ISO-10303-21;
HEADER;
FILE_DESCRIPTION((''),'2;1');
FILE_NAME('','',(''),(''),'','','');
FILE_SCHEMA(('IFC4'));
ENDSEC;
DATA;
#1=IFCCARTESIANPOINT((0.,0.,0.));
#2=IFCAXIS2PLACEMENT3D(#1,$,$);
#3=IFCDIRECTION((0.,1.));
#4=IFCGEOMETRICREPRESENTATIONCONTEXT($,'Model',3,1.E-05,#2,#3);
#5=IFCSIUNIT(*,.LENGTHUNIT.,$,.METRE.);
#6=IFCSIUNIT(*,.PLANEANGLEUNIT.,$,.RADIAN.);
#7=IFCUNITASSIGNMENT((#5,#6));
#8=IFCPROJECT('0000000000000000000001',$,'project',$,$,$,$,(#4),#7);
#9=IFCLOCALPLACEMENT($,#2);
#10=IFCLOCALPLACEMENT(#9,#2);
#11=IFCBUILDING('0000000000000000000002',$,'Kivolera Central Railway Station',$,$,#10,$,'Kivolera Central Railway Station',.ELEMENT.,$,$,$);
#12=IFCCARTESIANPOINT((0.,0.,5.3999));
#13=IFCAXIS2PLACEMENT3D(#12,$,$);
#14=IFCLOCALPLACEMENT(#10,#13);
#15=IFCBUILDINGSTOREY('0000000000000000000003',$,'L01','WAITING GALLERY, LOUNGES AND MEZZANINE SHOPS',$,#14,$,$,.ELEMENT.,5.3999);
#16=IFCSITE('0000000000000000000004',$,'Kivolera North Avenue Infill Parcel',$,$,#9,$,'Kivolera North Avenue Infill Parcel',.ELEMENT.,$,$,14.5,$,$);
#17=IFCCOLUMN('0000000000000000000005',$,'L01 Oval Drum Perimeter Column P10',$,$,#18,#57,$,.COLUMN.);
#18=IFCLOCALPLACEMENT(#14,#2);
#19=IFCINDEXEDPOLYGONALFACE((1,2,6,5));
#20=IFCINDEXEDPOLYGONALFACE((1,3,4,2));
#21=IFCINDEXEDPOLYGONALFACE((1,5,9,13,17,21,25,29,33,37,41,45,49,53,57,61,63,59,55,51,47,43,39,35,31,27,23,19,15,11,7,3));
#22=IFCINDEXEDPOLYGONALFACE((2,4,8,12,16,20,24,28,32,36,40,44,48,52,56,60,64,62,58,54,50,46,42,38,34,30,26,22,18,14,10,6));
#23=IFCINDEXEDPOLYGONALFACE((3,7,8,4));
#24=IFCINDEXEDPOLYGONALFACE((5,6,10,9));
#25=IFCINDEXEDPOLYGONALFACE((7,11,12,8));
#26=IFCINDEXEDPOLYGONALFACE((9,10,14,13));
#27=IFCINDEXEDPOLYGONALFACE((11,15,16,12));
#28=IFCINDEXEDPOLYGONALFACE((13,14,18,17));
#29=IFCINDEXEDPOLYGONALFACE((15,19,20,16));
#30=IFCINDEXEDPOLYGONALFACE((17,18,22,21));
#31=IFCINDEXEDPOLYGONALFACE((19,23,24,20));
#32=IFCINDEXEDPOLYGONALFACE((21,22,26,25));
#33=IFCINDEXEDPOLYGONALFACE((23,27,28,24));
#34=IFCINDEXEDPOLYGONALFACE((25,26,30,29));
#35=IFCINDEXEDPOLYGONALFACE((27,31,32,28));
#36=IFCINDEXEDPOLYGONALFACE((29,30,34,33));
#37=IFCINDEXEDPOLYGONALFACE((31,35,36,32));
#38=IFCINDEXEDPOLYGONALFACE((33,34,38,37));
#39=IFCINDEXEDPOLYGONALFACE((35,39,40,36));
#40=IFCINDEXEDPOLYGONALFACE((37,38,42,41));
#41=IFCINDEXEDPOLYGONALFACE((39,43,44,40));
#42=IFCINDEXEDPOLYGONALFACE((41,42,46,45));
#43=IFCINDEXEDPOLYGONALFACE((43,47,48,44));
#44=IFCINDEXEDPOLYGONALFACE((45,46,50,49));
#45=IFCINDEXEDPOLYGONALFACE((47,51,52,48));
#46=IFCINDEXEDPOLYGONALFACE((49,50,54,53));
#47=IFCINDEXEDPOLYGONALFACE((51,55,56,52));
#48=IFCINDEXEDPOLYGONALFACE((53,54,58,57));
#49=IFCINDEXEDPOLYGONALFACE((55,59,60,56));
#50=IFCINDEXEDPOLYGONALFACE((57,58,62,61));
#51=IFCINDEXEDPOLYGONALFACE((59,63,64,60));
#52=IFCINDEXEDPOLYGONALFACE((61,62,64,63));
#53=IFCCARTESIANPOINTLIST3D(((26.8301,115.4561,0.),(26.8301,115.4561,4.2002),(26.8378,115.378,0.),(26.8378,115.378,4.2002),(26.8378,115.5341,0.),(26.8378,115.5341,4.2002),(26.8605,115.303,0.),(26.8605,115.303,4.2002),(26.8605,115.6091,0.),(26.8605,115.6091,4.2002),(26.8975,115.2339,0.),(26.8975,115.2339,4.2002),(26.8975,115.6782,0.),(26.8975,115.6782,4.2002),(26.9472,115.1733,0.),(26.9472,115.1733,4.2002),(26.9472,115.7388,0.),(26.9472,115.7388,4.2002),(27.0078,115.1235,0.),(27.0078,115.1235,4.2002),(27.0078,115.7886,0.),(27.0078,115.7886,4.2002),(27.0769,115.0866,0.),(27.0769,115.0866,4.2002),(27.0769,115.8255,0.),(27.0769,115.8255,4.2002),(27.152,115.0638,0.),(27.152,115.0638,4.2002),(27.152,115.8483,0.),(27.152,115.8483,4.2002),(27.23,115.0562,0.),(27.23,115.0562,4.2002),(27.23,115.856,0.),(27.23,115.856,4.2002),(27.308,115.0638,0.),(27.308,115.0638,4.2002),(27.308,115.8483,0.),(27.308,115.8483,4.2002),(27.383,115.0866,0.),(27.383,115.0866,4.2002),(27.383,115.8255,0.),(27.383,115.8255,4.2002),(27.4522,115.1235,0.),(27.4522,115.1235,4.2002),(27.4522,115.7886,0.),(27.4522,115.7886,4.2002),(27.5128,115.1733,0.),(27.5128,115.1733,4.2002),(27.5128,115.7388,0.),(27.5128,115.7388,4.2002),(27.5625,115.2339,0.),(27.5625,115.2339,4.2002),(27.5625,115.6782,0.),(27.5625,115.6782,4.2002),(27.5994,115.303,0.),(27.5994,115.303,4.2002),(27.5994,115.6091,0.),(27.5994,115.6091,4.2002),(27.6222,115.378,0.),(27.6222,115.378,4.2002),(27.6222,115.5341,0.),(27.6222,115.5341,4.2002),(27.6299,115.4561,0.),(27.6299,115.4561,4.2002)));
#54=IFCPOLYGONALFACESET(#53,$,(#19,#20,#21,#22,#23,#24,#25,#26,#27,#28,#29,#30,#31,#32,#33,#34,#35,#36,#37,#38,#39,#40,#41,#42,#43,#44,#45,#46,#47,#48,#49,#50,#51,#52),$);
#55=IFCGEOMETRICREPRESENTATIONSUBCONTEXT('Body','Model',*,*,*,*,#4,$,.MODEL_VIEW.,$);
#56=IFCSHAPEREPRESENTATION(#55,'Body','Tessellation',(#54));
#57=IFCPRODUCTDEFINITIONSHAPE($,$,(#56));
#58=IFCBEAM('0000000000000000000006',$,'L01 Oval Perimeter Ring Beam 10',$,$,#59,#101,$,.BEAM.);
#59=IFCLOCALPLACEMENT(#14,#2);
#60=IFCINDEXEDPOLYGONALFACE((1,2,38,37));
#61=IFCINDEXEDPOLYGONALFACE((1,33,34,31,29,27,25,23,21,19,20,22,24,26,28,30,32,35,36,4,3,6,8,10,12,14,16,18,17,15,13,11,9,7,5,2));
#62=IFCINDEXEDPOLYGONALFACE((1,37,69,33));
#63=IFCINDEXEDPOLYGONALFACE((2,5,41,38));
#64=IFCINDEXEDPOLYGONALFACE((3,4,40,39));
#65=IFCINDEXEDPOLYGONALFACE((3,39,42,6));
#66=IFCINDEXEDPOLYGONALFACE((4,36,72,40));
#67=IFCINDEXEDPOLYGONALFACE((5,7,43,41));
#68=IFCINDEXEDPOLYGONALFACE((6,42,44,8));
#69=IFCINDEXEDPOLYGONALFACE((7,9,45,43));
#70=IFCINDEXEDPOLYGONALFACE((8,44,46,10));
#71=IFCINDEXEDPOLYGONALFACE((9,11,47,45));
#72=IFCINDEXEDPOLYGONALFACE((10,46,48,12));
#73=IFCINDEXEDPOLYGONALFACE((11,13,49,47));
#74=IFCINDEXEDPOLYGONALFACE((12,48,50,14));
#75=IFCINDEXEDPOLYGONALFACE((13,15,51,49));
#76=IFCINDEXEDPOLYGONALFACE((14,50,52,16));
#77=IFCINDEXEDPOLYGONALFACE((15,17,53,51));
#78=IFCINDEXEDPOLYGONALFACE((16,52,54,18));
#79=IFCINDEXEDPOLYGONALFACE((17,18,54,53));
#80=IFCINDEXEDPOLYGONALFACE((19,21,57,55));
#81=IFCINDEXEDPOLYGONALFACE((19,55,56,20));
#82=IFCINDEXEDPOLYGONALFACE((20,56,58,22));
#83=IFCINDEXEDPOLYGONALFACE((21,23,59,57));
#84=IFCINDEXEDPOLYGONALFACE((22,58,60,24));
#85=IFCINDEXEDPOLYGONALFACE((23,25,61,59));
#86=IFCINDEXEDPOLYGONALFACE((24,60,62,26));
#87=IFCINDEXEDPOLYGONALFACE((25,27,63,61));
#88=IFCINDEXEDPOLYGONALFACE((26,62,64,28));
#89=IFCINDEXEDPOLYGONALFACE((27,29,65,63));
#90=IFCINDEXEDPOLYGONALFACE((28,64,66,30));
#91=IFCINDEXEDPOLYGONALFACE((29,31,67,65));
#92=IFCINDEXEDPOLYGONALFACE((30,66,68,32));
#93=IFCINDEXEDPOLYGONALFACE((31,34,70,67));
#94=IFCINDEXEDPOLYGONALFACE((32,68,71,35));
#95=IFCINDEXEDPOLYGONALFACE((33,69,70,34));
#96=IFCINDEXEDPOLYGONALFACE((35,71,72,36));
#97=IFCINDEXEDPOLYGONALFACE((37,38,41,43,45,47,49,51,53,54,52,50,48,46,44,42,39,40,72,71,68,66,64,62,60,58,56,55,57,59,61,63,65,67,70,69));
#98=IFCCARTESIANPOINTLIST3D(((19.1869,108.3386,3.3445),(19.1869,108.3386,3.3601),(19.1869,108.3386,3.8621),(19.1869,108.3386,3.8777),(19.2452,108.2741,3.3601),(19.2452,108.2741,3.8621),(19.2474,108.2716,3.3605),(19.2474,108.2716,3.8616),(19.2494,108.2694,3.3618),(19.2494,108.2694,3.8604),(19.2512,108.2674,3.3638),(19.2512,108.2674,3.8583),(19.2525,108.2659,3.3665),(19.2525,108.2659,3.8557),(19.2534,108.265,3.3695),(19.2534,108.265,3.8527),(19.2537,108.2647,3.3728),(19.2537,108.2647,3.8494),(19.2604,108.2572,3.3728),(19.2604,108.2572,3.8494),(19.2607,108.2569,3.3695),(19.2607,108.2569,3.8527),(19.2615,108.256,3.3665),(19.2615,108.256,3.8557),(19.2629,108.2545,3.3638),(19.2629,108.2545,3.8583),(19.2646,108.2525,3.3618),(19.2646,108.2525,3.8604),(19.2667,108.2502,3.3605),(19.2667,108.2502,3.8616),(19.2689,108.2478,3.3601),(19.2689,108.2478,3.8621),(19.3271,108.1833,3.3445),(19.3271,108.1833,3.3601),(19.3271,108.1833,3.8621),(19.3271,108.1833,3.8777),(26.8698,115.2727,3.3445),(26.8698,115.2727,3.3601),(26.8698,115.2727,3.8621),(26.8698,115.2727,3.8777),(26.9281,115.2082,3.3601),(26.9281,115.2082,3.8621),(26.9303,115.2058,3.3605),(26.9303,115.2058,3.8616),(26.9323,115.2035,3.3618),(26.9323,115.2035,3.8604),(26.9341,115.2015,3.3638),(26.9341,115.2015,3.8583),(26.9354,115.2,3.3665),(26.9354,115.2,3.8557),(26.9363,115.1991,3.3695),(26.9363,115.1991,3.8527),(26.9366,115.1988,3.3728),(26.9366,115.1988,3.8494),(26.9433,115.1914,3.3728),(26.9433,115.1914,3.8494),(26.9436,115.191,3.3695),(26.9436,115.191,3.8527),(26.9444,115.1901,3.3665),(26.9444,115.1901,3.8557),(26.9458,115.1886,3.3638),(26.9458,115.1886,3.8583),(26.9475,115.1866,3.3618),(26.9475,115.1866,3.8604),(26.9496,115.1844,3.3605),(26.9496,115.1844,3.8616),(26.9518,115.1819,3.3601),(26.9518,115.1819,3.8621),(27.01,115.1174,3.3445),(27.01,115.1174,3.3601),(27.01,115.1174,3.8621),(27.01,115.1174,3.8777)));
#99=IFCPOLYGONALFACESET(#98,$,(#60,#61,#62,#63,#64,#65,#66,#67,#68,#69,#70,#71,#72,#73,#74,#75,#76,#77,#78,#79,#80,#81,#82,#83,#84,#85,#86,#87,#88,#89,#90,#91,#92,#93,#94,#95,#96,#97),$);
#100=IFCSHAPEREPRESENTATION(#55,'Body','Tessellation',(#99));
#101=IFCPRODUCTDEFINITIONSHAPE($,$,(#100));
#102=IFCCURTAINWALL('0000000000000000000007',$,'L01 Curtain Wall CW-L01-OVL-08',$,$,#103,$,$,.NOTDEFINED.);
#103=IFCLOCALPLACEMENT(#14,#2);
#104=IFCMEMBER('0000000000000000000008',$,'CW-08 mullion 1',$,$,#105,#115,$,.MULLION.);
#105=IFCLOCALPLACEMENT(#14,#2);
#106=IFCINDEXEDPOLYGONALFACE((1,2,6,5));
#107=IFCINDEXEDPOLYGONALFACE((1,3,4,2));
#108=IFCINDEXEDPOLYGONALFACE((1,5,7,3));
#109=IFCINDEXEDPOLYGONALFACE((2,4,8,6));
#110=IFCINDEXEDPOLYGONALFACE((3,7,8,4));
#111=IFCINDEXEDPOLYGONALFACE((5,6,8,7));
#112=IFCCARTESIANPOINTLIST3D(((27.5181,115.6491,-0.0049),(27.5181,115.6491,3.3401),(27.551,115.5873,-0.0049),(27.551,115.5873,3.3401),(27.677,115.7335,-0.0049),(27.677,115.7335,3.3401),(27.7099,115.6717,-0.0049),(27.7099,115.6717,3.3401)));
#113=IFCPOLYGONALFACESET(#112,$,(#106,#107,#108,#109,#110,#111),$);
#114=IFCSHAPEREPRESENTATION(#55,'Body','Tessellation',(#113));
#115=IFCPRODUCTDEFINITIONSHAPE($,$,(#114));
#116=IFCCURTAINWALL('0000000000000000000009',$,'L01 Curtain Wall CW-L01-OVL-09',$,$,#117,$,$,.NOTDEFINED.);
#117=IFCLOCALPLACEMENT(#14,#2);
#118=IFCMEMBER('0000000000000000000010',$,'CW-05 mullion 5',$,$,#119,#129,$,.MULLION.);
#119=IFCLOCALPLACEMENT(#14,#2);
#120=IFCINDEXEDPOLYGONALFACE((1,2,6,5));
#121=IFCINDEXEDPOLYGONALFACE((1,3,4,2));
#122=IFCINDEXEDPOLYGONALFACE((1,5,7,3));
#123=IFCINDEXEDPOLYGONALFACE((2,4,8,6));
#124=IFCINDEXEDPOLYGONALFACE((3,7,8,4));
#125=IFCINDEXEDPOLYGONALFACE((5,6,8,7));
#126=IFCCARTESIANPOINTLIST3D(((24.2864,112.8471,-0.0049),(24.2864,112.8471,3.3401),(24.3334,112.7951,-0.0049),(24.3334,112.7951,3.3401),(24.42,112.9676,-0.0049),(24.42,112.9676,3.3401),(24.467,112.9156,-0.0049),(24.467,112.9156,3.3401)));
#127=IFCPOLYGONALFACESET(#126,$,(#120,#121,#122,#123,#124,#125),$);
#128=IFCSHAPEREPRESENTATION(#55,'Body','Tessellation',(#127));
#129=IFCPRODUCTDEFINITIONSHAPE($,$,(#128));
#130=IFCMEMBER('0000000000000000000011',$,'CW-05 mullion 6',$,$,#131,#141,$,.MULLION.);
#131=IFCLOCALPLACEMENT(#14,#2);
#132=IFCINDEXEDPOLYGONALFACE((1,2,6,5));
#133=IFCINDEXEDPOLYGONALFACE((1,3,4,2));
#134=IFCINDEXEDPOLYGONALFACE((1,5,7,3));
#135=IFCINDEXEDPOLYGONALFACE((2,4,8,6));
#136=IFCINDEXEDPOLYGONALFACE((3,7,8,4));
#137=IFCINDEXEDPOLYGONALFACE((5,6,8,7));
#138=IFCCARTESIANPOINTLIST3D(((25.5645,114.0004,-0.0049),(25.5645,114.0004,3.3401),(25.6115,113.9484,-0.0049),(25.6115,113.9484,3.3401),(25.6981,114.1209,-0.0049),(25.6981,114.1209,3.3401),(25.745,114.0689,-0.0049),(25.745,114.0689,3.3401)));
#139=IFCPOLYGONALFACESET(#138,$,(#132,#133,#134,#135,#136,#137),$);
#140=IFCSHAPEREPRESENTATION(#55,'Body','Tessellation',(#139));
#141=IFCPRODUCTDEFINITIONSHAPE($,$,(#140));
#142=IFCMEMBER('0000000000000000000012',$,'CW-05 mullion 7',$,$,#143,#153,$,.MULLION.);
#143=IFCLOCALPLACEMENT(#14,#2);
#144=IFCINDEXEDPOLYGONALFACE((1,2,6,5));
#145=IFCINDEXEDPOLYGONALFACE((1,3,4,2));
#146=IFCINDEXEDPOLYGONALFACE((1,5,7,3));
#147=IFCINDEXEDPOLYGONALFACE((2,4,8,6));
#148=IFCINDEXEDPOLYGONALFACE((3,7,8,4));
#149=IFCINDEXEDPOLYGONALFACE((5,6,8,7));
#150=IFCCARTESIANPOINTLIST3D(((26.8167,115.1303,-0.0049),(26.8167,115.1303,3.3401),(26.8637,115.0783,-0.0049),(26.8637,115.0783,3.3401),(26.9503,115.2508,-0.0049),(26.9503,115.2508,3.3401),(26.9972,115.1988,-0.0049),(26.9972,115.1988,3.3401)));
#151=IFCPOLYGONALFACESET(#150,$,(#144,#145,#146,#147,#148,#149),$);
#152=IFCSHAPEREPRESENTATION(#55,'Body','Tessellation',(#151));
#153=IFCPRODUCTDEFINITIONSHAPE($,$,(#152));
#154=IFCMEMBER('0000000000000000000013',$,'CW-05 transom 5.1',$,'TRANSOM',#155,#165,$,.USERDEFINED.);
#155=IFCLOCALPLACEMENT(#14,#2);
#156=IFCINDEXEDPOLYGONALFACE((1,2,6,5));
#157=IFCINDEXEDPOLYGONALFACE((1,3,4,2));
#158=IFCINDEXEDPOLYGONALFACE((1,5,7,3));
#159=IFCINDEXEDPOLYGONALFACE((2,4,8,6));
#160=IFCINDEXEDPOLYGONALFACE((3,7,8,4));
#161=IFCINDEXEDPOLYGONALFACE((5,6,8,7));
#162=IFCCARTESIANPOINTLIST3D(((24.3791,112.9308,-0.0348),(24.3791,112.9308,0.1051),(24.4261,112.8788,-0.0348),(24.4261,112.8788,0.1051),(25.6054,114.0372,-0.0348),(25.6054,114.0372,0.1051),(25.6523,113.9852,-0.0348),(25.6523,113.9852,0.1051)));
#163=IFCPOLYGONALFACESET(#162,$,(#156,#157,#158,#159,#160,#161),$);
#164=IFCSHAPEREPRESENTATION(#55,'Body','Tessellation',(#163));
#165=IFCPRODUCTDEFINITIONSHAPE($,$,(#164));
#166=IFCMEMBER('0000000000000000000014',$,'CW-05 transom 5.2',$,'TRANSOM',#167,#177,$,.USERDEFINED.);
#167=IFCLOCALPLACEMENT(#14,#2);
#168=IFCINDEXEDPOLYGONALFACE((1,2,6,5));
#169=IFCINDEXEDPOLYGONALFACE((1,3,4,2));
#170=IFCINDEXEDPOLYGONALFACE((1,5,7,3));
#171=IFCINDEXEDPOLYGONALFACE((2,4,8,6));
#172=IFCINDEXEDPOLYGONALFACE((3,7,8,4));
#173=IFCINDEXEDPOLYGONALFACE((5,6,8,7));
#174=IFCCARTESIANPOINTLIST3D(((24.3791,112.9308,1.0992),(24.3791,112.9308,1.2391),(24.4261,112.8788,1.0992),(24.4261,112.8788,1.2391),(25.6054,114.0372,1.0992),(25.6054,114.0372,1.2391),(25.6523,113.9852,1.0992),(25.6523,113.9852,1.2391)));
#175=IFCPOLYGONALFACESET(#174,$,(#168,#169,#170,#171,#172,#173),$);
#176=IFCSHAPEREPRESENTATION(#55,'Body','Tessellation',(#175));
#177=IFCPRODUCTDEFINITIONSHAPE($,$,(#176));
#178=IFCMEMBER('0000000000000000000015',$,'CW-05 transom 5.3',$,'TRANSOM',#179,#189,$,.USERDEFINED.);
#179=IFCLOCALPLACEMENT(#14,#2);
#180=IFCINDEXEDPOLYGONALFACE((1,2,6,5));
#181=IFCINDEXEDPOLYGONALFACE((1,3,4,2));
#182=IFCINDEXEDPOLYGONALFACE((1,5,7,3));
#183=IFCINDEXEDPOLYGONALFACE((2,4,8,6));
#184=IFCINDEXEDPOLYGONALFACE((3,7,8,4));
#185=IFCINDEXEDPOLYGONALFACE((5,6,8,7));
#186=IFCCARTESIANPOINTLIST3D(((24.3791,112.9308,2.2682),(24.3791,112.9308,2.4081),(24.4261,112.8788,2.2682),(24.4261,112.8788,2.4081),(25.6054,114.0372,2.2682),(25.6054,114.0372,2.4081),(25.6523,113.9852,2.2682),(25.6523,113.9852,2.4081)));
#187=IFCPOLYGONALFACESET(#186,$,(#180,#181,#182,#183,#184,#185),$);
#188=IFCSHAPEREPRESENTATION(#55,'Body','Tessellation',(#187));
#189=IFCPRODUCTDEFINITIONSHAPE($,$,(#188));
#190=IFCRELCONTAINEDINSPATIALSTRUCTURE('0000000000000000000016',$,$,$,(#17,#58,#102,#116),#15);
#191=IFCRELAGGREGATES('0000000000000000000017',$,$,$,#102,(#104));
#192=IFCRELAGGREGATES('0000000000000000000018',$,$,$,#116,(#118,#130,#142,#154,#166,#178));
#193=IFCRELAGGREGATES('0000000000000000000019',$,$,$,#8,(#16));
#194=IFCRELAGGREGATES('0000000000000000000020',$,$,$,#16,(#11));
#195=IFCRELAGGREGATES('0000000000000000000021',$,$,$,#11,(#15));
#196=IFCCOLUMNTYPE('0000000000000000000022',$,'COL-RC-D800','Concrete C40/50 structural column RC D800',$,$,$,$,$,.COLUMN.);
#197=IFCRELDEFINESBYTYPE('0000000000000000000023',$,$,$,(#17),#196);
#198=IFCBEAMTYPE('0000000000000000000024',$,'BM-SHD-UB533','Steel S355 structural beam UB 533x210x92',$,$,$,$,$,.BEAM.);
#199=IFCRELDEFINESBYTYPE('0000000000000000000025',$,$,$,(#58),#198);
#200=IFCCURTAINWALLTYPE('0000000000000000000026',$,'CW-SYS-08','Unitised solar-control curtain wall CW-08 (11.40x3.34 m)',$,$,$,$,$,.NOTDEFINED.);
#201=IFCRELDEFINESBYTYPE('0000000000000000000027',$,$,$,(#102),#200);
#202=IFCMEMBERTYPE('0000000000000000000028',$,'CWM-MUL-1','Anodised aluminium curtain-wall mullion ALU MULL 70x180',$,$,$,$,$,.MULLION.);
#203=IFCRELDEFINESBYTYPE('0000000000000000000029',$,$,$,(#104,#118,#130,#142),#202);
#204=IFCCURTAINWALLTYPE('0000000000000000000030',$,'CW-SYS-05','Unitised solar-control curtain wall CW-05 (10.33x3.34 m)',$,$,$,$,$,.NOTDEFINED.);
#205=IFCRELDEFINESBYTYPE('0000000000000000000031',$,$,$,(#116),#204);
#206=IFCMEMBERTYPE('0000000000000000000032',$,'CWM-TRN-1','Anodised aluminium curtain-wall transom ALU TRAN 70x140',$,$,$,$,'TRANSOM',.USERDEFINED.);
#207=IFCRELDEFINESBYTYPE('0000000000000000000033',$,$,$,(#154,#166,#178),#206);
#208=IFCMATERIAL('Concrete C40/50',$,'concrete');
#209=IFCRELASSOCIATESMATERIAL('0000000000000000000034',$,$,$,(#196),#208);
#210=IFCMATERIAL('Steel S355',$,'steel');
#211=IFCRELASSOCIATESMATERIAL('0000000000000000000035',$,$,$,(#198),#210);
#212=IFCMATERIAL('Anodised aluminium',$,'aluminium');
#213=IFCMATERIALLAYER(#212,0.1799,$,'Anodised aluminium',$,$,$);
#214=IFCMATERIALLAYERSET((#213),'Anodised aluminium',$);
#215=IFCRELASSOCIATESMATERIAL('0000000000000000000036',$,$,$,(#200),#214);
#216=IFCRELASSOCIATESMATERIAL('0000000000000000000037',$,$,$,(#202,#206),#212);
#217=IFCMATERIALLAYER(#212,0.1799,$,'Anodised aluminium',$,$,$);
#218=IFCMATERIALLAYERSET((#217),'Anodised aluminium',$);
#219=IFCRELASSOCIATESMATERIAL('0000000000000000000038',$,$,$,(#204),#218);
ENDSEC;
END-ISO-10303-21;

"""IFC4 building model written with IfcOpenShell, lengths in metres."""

from ifc_helpers import new_model, si_unit, direction, frame, origin, origin_2d, place, context, subcontext, project, spatial, rectangle, circle, i_section, extrude, material, layer, layer_set, material_profile, profile_set, type_object, element, aggregate, save


model = new_model("IFC4")

# Units and contexts
model_context = context("Model", 3, precision=1e-05, world=origin(), true_north=direction((0.0, 1.0)))
body_context = subcontext(model_context, "Body", "Model", "MODEL_VIEW")
ifc_project = project(units=[si_unit("LENGTHUNIT", "METRE"), si_unit("PLANEANGLEUNIT", "RADIAN")], contexts=[model_context])

# Site, building, storey
site_placement = place(None, origin())
site = spatial("IfcSite", under=ifc_project, at=site_placement, Name="Kivolera North Avenue Infill Parcel", LongName="Kivolera North Avenue Infill Parcel", CompositionType="ELEMENT", RefElevation=14.5)
building_placement = place(site_placement, origin())
building = spatial("IfcBuilding", under=site, at=building_placement, Name="Kivolera Central Railway Station", LongName="Kivolera Central Railway Station", CompositionType="ELEMENT")
storey_placement = place(building_placement, frame((0.0, 0.0, 5.3999)))
storey = spatial("IfcBuildingStorey", under=building, at=storey_placement, Name="L01", Description="WAITING GALLERY, LOUNGES AND MEZZANINE SHOPS", CompositionType="ELEMENT", Elevation=5.3999)

# Column
ifc_material_1 = material(Name="Concrete C40/50", Category="concrete")
ifc_material_profile_1 = material_profile(ifc_material_1, circle(Radius=0.3999, at=origin_2d()), Name="RC D800")
ifc_profile_set_1 = profile_set([ifc_material_profile_1], Name="Concrete C40/50")
column_type = type_object("IfcColumnType", Name="COL-RC-D800", Description="Concrete C40/50 structural column RC D800", PredefinedType="COLUMN", material=ifc_profile_set_1)
column_placement = place(storey_placement, frame((27.23, 115.4561, 0.0), z_axis=(0.0, 0.0, 1.0), x_axis=(1.0, 0.0, 0.0)))
element("IfcColumn", 1, at=column_placement, inside=storey, type_object=column_type, Name="L01 Oval Drum Perimeter Column P10", PredefinedType="COLUMN", context=body_context, shape_type="SweptSolid", body=[
    extrude(circle(Radius=0.3999, at=origin_2d()), origin(), (0.0, 0.0, 1.0), 4.2002),
])

# Beam
ifc_material_2 = material(Name="Steel S355", Category="steel")
ifc_material_profile_2 = material_profile(ifc_material_2, i_section(OverallWidth=0.2092, OverallDepth=0.5332, WebThickness=0.01, FlangeThickness=0.0156, FilletRadius=0.0127, at=origin_2d()), Name="UB 533x210x92")
ifc_profile_set_2 = profile_set([ifc_material_profile_2], Name="Steel S355")
beam_type = type_object("IfcBeamType", Name="BM-SHD-UB533", Description="Steel S355 structural beam UB 533x210x92", PredefinedType="BEAM", material=ifc_profile_set_2)
beam_placement = place(storey_placement, frame((26.9399, 115.1951, 3.6111), z_axis=(-0.742356, -0.670005, 0.0), x_axis=(0.670005, -0.742356, 0.0)))
element("IfcBeam", 2, at=beam_placement, inside=storey, type_object=beam_type, Name="L01 Oval Perimeter Ring Beam 10", PredefinedType="BEAM", context=body_context, shape_type="SweptSolid", body=[
    extrude(i_section(OverallWidth=0.2092, OverallDepth=0.5332, WebThickness=0.01, FlangeThickness=0.0156, FilletRadius=0.0127, at=origin_2d()), origin(), (0.0, 0.0, 1.0), 10.3494),
])

# Curtain wall, member
ifc_material_3 = material(Name="Anodised aluminium", Category="aluminium")
ifc_layer_1 = layer(ifc_material_3, 0.1799, Name="Anodised aluminium")
ifc_layer_set_1 = layer_set([ifc_layer_1], Name="Anodised aluminium")
curtain_wall_type_1 = type_object("IfcCurtainWallType", Name="CW-SYS-08", Description="Unitised solar-control curtain wall CW-08 (11.40x3.34 m)", PredefinedType="NOTDEFINED", material=ifc_layer_set_1)
curtain_wall_1_placement = place(storey_placement, origin())
curtain_wall_1 = element("IfcCurtainWall", 3, at=curtain_wall_1_placement, inside=storey, type_object=curtain_wall_type_1, Name="L01 Curtain Wall CW-L01-OVL-08", PredefinedType="NOTDEFINED")
ifc_material_profile_3 = material_profile(ifc_material_3, rectangle(XDim=0.0701, YDim=0.1799, at=origin_2d()), Name="ALU MULL 70x180")
ifc_profile_set_3 = profile_set([ifc_material_profile_3], Name="Anodised aluminium")
member_type_1 = type_object("IfcMemberType", Name="CWM-MUL-1", Description="Anodised aluminium curtain-wall mullion ALU MULL 70x180", PredefinedType="MULLION", material=ifc_profile_set_3)
member_1_placement = place(storey_placement, frame((27.614, 115.6604, -0.0049), z_axis=(0.0, 0.0, 1.0), x_axis=(-0.469053, 0.88317, 0.0)))
member_1 = element("IfcMember", 4, at=member_1_placement, type_object=member_type_1, Name="CW-08 mullion 1", PredefinedType="MULLION", context=body_context, shape_type="SweptSolid", body=[
    extrude(rectangle(XDim=0.0701, YDim=0.1799, at=origin_2d()), origin(), (0.0, 0.0, 1.0), 3.345),
])
aggregate(curtain_wall_1, [member_1])

# Curtain wall, members
ifc_layer_2 = layer(ifc_material_3, 0.1799, Name="Anodised aluminium")
ifc_layer_set_2 = layer_set([ifc_layer_2], Name="Anodised aluminium")
curtain_wall_type_2 = type_object("IfcCurtainWallType", Name="CW-SYS-05", Description="Unitised solar-control curtain wall CW-05 (10.33x3.34 m)", PredefinedType="NOTDEFINED", material=ifc_layer_set_2)
curtain_wall_2_placement = place(storey_placement, origin())
curtain_wall_2 = element("IfcCurtainWall", 5, at=curtain_wall_2_placement, inside=storey, type_object=curtain_wall_type_2, Name="L01 Curtain Wall CW-L01-OVL-09", PredefinedType="NOTDEFINED")
member_2_placement = place(storey_placement, frame((24.3767, 112.8813, -0.0049), z_axis=(0.0, 0.0, 1.0), x_axis=(-0.669922, 0.742432, 0.0)))
member_2 = element("IfcMember", 6, at=member_2_placement, type_object=member_type_1, Name="CW-05 mullion 5", PredefinedType="MULLION", context=body_context, shape_type="SweptSolid", body=[
    extrude(rectangle(XDim=0.0701, YDim=0.1799, at=origin_2d()), origin(), (0.0, 0.0, 1.0), 3.345),
])
member_3_placement = place(storey_placement, frame((25.6548, 114.0347, -0.0049), z_axis=(0.0, 0.0, 1.0), x_axis=(-0.669922, 0.742432, 0.0)))
member_3 = element("IfcMember", 7, at=member_3_placement, type_object=member_type_1, Name="CW-05 mullion 6", PredefinedType="MULLION", context=body_context, shape_type="SweptSolid", body=[
    extrude(rectangle(XDim=0.0701, YDim=0.1799, at=origin_2d()), origin(), (0.0, 0.0, 1.0), 3.345),
])
member_4_placement = place(storey_placement, frame((26.907, 115.1646, -0.0049), z_axis=(0.0, 0.0, 1.0), x_axis=(-0.669922, 0.742432, 0.0)))
member_4 = element("IfcMember", 8, at=member_4_placement, type_object=member_type_1, Name="CW-05 mullion 7", PredefinedType="MULLION", context=body_context, shape_type="SweptSolid", body=[
    extrude(rectangle(XDim=0.0701, YDim=0.1799, at=origin_2d()), origin(), (0.0, 0.0, 1.0), 3.345),
])
ifc_material_profile_4 = material_profile(ifc_material_3, rectangle(XDim=0.0701, YDim=0.1399, at=origin_2d()), Name="ALU TRAN 70x140")
ifc_profile_set_4 = profile_set([ifc_material_profile_4], Name="Anodised aluminium")
member_type_2 = type_object("IfcMemberType", Name="CWM-TRN-1", Description="Anodised aluminium curtain-wall transom ALU TRAN 70x140", ElementType="TRANSOM", PredefinedType="USERDEFINED", material=ifc_profile_set_4)
member_5_placement = place(storey_placement, frame((24.4026, 112.9048, 0.0352), z_axis=(0.742463, 0.669887, 0.0), x_axis=(-0.669887, 0.742463, 0.0)))
member_5 = element("IfcMember", 9, at=member_5_placement, type_object=member_type_2, Name="CW-05 transom 5.1", ObjectType="TRANSOM", PredefinedType="USERDEFINED", context=body_context, shape_type="SweptSolid", body=[
    extrude(rectangle(XDim=0.0701, YDim=0.1399, at=origin_2d()), origin(), (0.0, 0.0, 1.0), 1.6516),
])
member_6_placement = place(storey_placement, frame((24.4026, 112.9048, 1.1692), z_axis=(0.742463, 0.669887, 0.0), x_axis=(-0.669887, 0.742463, 0.0)))
member_6 = element("IfcMember", 10, at=member_6_placement, type_object=member_type_2, Name="CW-05 transom 5.2", ObjectType="TRANSOM", PredefinedType="USERDEFINED", context=body_context, shape_type="SweptSolid", body=[
    extrude(rectangle(XDim=0.0701, YDim=0.1399, at=origin_2d()), origin(), (0.0, 0.0, 1.0), 1.6516),
])
member_7_placement = place(storey_placement, frame((24.4026, 112.9048, 2.3381), z_axis=(0.742463, 0.669887, 0.0), x_axis=(-0.669887, 0.742463, 0.0)))
member_7 = element("IfcMember", 11, at=member_7_placement, type_object=member_type_2, Name="CW-05 transom 5.3", ObjectType="TRANSOM", PredefinedType="USERDEFINED", context=body_context, shape_type="SweptSolid", body=[
    extrude(rectangle(XDim=0.0701, YDim=0.1399, at=origin_2d()), origin(), (0.0, 0.0, 1.0), 1.6516),
])
aggregate(curtain_wall_2, [member_2, member_3, member_4, member_5, member_6, member_7])

save(model, "model.ifc")
